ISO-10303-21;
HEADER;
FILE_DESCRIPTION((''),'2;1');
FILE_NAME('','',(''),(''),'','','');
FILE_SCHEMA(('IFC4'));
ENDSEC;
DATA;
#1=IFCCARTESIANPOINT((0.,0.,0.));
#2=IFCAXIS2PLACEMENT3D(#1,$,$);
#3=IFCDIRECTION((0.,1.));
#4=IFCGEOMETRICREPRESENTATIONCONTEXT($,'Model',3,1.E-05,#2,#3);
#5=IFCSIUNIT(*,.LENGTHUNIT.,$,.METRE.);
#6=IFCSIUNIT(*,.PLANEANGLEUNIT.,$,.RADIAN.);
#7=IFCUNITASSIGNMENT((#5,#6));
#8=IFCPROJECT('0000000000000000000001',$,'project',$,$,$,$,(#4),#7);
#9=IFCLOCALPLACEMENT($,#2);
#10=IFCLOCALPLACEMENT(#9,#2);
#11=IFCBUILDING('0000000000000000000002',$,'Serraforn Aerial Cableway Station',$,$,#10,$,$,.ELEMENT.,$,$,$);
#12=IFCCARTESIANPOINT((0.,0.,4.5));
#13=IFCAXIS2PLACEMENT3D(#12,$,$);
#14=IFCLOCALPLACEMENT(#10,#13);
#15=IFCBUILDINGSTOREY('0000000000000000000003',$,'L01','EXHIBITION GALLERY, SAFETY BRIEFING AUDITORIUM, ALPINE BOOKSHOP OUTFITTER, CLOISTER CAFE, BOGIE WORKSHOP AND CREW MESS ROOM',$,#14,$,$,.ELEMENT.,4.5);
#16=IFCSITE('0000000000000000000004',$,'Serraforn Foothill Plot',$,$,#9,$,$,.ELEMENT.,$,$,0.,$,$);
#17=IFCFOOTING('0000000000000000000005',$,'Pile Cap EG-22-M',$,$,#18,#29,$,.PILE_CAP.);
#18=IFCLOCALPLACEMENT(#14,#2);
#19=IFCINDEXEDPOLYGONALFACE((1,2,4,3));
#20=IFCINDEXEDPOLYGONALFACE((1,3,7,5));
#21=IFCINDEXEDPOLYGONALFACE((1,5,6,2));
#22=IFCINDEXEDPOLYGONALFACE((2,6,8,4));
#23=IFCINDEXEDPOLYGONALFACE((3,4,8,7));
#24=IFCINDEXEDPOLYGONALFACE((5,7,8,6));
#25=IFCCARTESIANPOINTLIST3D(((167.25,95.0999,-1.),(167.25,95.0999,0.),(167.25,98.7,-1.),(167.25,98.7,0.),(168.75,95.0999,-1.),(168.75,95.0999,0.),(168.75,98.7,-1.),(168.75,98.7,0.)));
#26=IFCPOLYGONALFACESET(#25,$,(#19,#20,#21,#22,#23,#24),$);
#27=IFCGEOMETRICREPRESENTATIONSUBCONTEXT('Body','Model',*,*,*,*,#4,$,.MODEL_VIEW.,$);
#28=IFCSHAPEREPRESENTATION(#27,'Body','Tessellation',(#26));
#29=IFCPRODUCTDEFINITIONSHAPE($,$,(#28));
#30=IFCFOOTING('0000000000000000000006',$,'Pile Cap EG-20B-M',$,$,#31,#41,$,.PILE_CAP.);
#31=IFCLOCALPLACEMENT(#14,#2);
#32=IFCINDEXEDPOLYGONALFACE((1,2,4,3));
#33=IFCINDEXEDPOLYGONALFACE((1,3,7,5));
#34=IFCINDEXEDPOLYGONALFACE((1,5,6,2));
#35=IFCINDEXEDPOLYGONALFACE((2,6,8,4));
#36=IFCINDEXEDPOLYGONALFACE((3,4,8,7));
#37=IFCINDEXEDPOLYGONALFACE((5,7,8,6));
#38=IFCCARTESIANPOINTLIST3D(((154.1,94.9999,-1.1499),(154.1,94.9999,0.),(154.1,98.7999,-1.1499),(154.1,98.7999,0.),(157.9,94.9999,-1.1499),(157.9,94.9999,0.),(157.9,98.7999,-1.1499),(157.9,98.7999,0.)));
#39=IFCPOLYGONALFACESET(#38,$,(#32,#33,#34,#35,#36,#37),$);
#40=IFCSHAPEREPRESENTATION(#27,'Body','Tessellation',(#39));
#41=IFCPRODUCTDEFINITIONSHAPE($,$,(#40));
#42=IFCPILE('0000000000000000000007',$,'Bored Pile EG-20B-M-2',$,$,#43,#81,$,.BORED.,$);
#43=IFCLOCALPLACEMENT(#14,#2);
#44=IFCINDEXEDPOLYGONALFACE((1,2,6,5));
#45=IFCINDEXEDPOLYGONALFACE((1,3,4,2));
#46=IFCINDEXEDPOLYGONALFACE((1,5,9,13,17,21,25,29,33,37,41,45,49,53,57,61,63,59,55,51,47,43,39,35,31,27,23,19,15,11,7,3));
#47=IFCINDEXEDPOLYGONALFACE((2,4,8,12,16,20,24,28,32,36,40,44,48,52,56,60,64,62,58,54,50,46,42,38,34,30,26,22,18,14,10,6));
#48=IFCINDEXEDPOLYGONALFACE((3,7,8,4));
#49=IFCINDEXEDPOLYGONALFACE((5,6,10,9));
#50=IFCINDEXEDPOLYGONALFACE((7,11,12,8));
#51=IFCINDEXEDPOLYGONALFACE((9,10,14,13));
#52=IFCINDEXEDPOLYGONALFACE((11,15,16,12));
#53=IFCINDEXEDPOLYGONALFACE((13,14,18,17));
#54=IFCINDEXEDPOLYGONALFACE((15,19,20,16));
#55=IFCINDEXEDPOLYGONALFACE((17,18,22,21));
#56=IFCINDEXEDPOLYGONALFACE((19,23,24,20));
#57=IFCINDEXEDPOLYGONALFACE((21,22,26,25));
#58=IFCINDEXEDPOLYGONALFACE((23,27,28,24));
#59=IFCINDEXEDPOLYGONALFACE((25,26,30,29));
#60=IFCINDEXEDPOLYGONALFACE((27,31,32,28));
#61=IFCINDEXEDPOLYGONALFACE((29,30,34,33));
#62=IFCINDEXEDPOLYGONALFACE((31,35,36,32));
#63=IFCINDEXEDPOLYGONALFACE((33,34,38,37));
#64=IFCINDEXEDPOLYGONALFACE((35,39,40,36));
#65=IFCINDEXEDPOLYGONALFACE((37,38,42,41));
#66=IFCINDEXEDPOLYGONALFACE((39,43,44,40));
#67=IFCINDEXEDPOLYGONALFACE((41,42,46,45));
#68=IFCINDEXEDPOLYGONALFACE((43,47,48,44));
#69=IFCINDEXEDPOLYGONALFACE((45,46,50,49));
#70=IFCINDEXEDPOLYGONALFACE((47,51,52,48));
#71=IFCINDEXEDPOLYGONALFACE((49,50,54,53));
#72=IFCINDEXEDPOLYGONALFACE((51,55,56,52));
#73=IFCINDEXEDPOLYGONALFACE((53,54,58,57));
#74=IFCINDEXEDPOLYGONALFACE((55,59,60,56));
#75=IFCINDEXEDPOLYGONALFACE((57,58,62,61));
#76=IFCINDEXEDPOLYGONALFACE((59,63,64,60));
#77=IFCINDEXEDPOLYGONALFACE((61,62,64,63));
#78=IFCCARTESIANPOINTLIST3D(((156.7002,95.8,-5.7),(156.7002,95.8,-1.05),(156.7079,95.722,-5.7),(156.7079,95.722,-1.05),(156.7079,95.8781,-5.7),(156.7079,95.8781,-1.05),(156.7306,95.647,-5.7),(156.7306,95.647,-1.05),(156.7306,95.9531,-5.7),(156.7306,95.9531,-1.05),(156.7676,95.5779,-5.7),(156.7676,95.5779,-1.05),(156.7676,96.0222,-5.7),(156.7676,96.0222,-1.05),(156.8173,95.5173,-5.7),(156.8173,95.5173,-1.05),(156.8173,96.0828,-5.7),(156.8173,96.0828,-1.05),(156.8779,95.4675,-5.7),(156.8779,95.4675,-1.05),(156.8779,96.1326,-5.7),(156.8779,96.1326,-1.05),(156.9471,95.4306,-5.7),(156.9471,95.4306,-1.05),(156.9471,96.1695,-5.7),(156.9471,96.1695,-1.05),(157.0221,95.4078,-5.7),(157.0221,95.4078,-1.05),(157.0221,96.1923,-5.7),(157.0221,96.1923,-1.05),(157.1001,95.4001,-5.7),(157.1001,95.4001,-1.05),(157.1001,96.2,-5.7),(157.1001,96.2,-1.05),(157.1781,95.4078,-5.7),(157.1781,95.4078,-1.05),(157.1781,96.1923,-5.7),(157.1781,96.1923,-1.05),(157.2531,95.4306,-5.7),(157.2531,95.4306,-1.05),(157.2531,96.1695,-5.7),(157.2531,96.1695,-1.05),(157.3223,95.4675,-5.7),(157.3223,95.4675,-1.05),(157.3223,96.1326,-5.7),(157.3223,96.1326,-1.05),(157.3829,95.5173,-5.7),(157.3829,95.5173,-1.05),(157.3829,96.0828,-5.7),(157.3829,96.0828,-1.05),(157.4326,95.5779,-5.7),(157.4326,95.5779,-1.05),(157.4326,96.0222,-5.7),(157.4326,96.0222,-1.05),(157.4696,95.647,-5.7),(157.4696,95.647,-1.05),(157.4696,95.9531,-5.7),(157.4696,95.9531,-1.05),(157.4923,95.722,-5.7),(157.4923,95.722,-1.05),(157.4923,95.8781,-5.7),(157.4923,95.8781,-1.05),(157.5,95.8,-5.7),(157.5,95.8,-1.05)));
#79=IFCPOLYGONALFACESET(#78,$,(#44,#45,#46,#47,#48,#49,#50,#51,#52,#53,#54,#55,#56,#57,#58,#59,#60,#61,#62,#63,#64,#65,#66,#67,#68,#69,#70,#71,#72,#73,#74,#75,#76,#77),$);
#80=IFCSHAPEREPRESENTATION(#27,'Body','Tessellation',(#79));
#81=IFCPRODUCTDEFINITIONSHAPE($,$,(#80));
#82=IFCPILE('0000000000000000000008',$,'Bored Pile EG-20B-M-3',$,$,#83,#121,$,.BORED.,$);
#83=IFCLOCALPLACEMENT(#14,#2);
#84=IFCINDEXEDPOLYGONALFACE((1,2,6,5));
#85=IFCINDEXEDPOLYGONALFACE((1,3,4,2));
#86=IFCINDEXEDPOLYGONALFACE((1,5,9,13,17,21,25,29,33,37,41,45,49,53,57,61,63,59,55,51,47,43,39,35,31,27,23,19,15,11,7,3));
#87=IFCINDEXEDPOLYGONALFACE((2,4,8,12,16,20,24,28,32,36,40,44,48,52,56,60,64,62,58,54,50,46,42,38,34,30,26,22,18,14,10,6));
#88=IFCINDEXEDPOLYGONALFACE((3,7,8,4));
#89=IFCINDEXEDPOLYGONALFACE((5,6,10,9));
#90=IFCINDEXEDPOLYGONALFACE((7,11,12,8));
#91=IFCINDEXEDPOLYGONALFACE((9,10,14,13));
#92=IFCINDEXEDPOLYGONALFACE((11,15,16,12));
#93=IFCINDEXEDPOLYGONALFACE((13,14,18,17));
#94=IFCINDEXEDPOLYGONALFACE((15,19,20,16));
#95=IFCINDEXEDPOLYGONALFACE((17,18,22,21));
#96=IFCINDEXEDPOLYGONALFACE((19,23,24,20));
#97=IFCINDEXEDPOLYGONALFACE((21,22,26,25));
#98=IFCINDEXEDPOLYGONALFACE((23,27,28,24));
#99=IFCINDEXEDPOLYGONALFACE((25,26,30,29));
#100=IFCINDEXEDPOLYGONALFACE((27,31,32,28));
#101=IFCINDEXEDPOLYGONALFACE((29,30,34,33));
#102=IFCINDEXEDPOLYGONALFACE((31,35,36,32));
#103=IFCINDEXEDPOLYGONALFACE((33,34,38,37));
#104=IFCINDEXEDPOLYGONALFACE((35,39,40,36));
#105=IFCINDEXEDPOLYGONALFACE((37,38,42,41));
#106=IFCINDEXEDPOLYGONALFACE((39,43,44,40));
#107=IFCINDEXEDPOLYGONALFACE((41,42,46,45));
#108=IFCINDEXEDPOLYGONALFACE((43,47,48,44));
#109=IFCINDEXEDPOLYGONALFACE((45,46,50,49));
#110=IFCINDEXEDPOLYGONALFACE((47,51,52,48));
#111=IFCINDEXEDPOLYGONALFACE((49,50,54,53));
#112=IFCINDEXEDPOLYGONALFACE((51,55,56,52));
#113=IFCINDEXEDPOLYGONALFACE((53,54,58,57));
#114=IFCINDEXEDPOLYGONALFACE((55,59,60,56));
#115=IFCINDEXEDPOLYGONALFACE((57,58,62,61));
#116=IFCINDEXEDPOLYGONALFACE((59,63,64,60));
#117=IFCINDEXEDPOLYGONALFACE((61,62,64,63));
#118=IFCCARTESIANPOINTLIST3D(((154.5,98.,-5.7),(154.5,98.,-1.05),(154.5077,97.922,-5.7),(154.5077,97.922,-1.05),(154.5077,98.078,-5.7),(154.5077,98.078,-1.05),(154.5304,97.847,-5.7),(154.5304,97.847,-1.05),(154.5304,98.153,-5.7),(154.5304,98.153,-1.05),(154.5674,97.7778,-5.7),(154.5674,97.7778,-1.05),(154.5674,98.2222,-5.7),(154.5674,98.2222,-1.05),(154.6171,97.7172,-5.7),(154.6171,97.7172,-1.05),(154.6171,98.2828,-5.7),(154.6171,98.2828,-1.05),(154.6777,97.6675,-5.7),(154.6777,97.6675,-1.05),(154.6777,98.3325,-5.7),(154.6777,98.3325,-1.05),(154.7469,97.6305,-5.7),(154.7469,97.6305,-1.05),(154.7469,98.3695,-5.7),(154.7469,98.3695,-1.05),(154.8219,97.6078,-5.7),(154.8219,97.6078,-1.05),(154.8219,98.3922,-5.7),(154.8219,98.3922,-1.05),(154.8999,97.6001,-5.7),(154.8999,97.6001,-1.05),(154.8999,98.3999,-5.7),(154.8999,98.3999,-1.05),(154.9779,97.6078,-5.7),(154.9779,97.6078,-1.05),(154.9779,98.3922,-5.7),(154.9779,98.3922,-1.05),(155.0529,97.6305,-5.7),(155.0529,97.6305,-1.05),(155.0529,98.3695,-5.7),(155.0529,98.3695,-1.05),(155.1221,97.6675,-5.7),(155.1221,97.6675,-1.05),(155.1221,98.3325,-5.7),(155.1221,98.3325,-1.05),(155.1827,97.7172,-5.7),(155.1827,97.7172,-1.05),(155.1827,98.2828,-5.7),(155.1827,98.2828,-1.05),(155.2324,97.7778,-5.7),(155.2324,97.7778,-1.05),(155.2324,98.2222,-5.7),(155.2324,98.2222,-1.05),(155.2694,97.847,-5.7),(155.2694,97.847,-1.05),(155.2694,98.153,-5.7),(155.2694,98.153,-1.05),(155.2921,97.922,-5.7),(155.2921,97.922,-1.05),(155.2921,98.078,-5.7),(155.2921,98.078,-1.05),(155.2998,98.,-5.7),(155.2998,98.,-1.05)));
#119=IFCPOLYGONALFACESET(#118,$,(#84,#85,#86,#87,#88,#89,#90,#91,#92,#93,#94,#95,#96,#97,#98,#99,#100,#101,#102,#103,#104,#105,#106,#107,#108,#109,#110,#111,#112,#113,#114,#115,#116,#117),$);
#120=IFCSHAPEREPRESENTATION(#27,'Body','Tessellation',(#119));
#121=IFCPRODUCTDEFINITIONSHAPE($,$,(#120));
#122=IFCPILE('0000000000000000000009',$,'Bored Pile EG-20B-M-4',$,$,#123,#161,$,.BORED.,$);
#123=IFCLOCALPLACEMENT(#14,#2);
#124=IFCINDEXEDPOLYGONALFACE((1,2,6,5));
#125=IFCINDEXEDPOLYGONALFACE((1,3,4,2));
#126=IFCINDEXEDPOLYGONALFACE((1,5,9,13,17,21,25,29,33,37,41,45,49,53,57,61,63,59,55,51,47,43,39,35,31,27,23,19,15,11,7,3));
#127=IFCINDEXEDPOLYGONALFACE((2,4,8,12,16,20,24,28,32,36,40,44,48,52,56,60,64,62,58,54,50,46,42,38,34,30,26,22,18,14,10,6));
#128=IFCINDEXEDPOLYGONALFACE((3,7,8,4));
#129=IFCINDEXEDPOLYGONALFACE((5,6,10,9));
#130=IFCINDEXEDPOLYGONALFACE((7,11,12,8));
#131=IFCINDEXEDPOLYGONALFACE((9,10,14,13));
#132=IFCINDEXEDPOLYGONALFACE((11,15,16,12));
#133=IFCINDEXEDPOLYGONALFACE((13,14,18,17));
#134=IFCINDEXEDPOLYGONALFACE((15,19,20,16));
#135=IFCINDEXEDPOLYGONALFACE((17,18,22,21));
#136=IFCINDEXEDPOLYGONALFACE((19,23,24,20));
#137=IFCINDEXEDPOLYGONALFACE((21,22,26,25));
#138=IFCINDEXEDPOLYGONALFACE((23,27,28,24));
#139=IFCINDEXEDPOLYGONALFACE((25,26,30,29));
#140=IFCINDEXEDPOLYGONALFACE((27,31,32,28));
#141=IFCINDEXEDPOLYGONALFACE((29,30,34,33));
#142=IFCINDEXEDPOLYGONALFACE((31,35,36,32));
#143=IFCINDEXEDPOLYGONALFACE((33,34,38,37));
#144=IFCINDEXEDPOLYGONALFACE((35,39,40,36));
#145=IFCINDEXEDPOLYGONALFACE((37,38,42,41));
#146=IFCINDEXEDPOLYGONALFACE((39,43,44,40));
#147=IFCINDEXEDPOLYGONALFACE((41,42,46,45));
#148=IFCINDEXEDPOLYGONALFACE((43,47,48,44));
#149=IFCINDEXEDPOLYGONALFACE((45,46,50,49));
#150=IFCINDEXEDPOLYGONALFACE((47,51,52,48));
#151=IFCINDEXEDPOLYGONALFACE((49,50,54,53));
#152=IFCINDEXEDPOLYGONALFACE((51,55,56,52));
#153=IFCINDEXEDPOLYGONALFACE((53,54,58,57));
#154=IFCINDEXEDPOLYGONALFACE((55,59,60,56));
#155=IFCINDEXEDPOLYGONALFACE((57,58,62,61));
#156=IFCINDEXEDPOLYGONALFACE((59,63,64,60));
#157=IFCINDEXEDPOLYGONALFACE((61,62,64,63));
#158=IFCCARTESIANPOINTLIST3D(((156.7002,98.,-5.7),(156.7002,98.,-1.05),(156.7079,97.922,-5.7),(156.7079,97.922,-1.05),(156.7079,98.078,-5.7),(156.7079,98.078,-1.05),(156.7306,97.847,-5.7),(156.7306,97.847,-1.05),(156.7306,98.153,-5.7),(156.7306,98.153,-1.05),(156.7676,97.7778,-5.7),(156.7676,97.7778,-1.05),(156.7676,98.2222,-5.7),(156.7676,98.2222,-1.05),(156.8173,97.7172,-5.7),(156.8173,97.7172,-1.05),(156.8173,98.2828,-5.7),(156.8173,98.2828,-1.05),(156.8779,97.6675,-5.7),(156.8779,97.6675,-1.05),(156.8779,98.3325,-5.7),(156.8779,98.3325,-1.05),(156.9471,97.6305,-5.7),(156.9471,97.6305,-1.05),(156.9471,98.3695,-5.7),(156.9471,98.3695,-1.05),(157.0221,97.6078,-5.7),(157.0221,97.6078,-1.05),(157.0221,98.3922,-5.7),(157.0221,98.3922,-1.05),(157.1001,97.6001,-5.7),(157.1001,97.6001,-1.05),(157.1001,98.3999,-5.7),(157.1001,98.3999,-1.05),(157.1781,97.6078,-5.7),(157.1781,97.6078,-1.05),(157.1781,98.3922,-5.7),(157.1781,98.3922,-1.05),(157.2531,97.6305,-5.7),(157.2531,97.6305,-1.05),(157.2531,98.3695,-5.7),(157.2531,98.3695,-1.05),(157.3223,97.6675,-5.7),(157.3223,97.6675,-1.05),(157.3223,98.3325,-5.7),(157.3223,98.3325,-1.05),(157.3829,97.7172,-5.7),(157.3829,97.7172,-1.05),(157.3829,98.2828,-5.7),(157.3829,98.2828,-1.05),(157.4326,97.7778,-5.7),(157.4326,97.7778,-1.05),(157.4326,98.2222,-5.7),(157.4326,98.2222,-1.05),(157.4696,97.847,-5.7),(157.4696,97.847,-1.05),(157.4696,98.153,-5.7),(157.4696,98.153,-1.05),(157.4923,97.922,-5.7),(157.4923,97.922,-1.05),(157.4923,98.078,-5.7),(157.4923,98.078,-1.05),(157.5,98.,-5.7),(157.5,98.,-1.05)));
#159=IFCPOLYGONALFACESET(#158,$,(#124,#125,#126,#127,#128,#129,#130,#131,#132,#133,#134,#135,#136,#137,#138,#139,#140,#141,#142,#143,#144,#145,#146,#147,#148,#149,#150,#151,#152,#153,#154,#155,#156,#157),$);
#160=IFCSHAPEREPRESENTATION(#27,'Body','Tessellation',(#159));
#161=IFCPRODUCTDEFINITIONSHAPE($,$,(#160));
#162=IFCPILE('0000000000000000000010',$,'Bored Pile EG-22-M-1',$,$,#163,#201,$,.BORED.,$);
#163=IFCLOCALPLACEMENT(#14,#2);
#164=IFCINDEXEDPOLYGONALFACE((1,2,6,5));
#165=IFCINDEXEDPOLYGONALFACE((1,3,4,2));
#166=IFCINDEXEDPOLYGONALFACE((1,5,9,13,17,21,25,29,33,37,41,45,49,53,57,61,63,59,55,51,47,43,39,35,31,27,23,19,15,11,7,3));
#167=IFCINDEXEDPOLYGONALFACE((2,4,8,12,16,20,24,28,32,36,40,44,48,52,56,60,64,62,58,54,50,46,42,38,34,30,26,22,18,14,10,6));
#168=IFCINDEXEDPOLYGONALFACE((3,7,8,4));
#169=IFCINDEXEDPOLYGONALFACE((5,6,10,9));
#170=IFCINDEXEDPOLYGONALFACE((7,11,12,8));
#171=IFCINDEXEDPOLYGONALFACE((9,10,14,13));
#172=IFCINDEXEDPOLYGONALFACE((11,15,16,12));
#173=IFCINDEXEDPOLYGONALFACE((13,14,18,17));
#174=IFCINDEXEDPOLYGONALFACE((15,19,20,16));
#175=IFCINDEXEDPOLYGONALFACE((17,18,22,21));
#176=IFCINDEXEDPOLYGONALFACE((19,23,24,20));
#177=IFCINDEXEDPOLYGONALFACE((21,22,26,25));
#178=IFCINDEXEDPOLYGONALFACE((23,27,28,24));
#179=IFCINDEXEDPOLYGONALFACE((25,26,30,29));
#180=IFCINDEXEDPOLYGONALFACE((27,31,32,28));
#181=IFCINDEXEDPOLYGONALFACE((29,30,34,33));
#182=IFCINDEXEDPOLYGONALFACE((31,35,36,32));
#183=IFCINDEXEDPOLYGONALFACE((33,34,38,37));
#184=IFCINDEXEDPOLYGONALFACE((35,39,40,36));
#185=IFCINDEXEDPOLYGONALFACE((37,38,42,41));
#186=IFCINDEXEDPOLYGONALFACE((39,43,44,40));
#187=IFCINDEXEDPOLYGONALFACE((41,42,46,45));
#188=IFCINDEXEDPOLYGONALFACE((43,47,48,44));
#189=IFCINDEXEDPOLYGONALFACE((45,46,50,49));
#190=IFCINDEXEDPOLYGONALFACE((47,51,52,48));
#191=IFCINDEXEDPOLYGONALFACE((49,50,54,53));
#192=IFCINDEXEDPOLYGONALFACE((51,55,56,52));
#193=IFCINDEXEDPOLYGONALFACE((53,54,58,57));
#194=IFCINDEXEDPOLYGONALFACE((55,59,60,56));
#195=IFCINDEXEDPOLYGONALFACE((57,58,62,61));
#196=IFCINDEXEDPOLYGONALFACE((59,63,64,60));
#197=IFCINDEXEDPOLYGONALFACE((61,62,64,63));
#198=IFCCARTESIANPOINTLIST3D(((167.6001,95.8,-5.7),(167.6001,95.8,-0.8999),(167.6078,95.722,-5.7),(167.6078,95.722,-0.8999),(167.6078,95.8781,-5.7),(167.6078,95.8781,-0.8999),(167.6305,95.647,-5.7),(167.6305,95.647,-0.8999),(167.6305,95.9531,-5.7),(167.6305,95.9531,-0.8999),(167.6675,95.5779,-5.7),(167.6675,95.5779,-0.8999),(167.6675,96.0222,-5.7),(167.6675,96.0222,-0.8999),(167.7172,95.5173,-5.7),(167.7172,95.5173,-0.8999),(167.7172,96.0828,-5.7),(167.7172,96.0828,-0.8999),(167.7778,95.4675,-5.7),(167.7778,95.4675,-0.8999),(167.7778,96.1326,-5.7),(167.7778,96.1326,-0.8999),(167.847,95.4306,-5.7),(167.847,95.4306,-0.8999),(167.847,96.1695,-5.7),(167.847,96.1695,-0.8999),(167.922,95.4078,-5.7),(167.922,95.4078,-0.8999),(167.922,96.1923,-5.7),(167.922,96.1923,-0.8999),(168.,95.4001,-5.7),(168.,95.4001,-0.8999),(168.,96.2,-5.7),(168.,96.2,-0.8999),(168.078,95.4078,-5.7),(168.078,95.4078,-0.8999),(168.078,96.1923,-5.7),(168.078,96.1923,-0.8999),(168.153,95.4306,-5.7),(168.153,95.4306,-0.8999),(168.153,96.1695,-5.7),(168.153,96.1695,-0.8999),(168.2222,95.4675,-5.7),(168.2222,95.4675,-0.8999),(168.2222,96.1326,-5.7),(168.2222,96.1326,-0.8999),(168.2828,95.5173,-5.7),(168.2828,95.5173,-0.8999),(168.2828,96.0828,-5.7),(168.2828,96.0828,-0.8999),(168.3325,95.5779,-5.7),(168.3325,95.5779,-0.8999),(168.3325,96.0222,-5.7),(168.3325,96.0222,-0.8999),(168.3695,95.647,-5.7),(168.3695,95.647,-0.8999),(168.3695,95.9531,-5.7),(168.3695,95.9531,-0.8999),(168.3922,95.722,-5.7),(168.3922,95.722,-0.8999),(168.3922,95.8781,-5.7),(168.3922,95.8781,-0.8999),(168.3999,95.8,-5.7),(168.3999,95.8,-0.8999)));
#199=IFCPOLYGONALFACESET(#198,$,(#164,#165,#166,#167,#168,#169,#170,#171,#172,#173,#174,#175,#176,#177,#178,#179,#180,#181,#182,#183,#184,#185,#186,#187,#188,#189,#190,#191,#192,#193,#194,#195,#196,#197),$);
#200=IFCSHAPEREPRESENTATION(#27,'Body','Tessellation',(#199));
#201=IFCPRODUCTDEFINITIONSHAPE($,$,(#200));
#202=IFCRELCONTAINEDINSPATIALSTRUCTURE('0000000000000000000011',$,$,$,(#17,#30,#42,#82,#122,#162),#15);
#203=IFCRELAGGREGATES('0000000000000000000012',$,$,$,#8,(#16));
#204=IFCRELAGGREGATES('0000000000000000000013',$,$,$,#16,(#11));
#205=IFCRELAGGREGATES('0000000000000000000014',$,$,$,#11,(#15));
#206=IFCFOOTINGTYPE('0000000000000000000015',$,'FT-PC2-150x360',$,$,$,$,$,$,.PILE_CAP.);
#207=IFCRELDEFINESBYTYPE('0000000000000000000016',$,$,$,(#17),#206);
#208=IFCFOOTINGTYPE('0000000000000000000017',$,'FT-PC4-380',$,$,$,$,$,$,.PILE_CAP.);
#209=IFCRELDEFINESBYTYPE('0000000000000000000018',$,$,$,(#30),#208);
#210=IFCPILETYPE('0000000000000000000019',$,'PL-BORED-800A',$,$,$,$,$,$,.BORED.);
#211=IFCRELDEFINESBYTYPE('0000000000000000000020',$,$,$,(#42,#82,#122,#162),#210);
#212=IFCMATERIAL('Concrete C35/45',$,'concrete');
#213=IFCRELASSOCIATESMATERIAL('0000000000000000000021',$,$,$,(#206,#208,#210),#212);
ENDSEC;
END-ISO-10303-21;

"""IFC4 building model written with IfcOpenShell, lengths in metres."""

from ifc_helpers import new_model, si_unit, direction, frame, origin, origin_2d, place, context, subcontext, project, spatial, rectangle, circle, extrude, material, material_profile, profile_set, type_object, element, save


model = new_model("IFC4")

# Units and contexts
model_context = context("Model", 3, precision=1e-05, world=origin(), true_north=direction((0.0, 1.0)))
body_context = subcontext(model_context, "Body", "Model", "MODEL_VIEW")
ifc_project = project(units=[si_unit("LENGTHUNIT", "METRE"), si_unit("PLANEANGLEUNIT", "RADIAN")], contexts=[model_context])

# Site, building, storey
site_placement = place(None, origin())
site = spatial("IfcSite", under=ifc_project, at=site_placement, Name="Serraforn Foothill Plot", CompositionType="ELEMENT", RefElevation=0.0)
building_placement = place(site_placement, origin())
building = spatial("IfcBuilding", under=site, at=building_placement, Name="Serraforn Aerial Cableway Station", CompositionType="ELEMENT")
storey_placement = place(building_placement, frame((0.0, 0.0, 4.5)))
storey = spatial("IfcBuildingStorey", under=building, at=storey_placement, Name="L01", Description="EXHIBITION GALLERY, SAFETY BRIEFING AUDITORIUM, ALPINE BOOKSHOP OUTFITTER, CLOISTER CAFE, BOGIE WORKSHOP AND CREW MESS ROOM", CompositionType="ELEMENT", Elevation=4.5)

# Footings
ifc_material_1 = material(Name="Concrete C35/45", Category="concrete")
footing_type_1 = type_object("IfcFootingType", Name="FT-PC2-150x360", PredefinedType="PILE_CAP", material=ifc_material_1)
footing_1_placement = place(storey_placement, frame((168.0, 96.8999, -1.0), z_axis=(0.0, 0.0, 1.0), x_axis=(1.0, 0.0, 0.0)))
element("IfcFooting", 1, at=footing_1_placement, inside=storey, type_object=footing_type_1, Name="Pile Cap EG-22-M", PredefinedType="PILE_CAP", context=body_context, shape_type="SweptSolid", body=[
    extrude(rectangle(XDim=1.5, YDim=3.6001, at=origin_2d()), origin(), (0.0, 0.0, 1.0), 1.0),
])
footing_type_2 = type_object("IfcFootingType", Name="FT-PC4-380", PredefinedType="PILE_CAP", material=ifc_material_1)
footing_2_placement = place(storey_placement, frame((156.0, 96.8999, -1.1499), z_axis=(0.0, 0.0, 1.0), x_axis=(1.0, 0.0, 0.0)))
element("IfcFooting", 2, at=footing_2_placement, inside=storey, type_object=footing_type_2, Name="Pile Cap EG-20B-M", PredefinedType="PILE_CAP", context=body_context, shape_type="SweptSolid", body=[
    extrude(rectangle(XDim=3.8, YDim=3.8, at=origin_2d()), origin(), (0.0, 0.0, 1.0), 1.1499),
])

# Piles
ifc_material_profile_1 = material_profile(ifc_material_1, circle(Radius=0.3999, at=origin_2d()), Name="BORED PILE D800")
ifc_profile_set_1 = profile_set([ifc_material_profile_1], Name="Concrete C35/45")
pile_type = type_object("IfcPileType", Name="PL-BORED-800A", PredefinedType="BORED", material=ifc_profile_set_1)
for number, where, z_axis, x_axis, name in (
    (3, (157.1001, 95.8, -1.05), (0.0, 0.0, -1.0), (1.0, 0.0, 0.0), "Bored Pile EG-20B-M-2"),
    (4, (154.8999, 98.0, -1.05), (0.0, 0.0, -1.0), (1.0, 0.0, 0.0), "Bored Pile EG-20B-M-3"),
    (5, (157.1001, 98.0, -1.05), (0.0, 0.0, -1.0), (1.0, 0.0, 0.0), "Bored Pile EG-20B-M-4"),
):
    element("IfcPile", number, at=place(storey_placement, frame(where, z_axis=z_axis, x_axis=x_axis)), inside=storey, type_object=pile_type, Name=name, PredefinedType="BORED", context=body_context, shape_type="SweptSolid", body=[
        extrude(circle(Radius=0.3999, at=origin_2d()), origin(), (0.0, 0.0, 1.0), 4.6499),
    ])
pile_placement = place(storey_placement, frame((168.0, 95.8, -0.8999), z_axis=(0.0, 0.0, -1.0), x_axis=(1.0, 0.0, 0.0)))
element("IfcPile", 6, at=pile_placement, inside=storey, type_object=pile_type, Name="Bored Pile EG-22-M-1", PredefinedType="BORED", context=body_context, shape_type="SweptSolid", body=[
    extrude(circle(Radius=0.3999, at=origin_2d()), origin(), (0.0, 0.0, 1.0), 4.8),
])

save(model, "model.ifc")
